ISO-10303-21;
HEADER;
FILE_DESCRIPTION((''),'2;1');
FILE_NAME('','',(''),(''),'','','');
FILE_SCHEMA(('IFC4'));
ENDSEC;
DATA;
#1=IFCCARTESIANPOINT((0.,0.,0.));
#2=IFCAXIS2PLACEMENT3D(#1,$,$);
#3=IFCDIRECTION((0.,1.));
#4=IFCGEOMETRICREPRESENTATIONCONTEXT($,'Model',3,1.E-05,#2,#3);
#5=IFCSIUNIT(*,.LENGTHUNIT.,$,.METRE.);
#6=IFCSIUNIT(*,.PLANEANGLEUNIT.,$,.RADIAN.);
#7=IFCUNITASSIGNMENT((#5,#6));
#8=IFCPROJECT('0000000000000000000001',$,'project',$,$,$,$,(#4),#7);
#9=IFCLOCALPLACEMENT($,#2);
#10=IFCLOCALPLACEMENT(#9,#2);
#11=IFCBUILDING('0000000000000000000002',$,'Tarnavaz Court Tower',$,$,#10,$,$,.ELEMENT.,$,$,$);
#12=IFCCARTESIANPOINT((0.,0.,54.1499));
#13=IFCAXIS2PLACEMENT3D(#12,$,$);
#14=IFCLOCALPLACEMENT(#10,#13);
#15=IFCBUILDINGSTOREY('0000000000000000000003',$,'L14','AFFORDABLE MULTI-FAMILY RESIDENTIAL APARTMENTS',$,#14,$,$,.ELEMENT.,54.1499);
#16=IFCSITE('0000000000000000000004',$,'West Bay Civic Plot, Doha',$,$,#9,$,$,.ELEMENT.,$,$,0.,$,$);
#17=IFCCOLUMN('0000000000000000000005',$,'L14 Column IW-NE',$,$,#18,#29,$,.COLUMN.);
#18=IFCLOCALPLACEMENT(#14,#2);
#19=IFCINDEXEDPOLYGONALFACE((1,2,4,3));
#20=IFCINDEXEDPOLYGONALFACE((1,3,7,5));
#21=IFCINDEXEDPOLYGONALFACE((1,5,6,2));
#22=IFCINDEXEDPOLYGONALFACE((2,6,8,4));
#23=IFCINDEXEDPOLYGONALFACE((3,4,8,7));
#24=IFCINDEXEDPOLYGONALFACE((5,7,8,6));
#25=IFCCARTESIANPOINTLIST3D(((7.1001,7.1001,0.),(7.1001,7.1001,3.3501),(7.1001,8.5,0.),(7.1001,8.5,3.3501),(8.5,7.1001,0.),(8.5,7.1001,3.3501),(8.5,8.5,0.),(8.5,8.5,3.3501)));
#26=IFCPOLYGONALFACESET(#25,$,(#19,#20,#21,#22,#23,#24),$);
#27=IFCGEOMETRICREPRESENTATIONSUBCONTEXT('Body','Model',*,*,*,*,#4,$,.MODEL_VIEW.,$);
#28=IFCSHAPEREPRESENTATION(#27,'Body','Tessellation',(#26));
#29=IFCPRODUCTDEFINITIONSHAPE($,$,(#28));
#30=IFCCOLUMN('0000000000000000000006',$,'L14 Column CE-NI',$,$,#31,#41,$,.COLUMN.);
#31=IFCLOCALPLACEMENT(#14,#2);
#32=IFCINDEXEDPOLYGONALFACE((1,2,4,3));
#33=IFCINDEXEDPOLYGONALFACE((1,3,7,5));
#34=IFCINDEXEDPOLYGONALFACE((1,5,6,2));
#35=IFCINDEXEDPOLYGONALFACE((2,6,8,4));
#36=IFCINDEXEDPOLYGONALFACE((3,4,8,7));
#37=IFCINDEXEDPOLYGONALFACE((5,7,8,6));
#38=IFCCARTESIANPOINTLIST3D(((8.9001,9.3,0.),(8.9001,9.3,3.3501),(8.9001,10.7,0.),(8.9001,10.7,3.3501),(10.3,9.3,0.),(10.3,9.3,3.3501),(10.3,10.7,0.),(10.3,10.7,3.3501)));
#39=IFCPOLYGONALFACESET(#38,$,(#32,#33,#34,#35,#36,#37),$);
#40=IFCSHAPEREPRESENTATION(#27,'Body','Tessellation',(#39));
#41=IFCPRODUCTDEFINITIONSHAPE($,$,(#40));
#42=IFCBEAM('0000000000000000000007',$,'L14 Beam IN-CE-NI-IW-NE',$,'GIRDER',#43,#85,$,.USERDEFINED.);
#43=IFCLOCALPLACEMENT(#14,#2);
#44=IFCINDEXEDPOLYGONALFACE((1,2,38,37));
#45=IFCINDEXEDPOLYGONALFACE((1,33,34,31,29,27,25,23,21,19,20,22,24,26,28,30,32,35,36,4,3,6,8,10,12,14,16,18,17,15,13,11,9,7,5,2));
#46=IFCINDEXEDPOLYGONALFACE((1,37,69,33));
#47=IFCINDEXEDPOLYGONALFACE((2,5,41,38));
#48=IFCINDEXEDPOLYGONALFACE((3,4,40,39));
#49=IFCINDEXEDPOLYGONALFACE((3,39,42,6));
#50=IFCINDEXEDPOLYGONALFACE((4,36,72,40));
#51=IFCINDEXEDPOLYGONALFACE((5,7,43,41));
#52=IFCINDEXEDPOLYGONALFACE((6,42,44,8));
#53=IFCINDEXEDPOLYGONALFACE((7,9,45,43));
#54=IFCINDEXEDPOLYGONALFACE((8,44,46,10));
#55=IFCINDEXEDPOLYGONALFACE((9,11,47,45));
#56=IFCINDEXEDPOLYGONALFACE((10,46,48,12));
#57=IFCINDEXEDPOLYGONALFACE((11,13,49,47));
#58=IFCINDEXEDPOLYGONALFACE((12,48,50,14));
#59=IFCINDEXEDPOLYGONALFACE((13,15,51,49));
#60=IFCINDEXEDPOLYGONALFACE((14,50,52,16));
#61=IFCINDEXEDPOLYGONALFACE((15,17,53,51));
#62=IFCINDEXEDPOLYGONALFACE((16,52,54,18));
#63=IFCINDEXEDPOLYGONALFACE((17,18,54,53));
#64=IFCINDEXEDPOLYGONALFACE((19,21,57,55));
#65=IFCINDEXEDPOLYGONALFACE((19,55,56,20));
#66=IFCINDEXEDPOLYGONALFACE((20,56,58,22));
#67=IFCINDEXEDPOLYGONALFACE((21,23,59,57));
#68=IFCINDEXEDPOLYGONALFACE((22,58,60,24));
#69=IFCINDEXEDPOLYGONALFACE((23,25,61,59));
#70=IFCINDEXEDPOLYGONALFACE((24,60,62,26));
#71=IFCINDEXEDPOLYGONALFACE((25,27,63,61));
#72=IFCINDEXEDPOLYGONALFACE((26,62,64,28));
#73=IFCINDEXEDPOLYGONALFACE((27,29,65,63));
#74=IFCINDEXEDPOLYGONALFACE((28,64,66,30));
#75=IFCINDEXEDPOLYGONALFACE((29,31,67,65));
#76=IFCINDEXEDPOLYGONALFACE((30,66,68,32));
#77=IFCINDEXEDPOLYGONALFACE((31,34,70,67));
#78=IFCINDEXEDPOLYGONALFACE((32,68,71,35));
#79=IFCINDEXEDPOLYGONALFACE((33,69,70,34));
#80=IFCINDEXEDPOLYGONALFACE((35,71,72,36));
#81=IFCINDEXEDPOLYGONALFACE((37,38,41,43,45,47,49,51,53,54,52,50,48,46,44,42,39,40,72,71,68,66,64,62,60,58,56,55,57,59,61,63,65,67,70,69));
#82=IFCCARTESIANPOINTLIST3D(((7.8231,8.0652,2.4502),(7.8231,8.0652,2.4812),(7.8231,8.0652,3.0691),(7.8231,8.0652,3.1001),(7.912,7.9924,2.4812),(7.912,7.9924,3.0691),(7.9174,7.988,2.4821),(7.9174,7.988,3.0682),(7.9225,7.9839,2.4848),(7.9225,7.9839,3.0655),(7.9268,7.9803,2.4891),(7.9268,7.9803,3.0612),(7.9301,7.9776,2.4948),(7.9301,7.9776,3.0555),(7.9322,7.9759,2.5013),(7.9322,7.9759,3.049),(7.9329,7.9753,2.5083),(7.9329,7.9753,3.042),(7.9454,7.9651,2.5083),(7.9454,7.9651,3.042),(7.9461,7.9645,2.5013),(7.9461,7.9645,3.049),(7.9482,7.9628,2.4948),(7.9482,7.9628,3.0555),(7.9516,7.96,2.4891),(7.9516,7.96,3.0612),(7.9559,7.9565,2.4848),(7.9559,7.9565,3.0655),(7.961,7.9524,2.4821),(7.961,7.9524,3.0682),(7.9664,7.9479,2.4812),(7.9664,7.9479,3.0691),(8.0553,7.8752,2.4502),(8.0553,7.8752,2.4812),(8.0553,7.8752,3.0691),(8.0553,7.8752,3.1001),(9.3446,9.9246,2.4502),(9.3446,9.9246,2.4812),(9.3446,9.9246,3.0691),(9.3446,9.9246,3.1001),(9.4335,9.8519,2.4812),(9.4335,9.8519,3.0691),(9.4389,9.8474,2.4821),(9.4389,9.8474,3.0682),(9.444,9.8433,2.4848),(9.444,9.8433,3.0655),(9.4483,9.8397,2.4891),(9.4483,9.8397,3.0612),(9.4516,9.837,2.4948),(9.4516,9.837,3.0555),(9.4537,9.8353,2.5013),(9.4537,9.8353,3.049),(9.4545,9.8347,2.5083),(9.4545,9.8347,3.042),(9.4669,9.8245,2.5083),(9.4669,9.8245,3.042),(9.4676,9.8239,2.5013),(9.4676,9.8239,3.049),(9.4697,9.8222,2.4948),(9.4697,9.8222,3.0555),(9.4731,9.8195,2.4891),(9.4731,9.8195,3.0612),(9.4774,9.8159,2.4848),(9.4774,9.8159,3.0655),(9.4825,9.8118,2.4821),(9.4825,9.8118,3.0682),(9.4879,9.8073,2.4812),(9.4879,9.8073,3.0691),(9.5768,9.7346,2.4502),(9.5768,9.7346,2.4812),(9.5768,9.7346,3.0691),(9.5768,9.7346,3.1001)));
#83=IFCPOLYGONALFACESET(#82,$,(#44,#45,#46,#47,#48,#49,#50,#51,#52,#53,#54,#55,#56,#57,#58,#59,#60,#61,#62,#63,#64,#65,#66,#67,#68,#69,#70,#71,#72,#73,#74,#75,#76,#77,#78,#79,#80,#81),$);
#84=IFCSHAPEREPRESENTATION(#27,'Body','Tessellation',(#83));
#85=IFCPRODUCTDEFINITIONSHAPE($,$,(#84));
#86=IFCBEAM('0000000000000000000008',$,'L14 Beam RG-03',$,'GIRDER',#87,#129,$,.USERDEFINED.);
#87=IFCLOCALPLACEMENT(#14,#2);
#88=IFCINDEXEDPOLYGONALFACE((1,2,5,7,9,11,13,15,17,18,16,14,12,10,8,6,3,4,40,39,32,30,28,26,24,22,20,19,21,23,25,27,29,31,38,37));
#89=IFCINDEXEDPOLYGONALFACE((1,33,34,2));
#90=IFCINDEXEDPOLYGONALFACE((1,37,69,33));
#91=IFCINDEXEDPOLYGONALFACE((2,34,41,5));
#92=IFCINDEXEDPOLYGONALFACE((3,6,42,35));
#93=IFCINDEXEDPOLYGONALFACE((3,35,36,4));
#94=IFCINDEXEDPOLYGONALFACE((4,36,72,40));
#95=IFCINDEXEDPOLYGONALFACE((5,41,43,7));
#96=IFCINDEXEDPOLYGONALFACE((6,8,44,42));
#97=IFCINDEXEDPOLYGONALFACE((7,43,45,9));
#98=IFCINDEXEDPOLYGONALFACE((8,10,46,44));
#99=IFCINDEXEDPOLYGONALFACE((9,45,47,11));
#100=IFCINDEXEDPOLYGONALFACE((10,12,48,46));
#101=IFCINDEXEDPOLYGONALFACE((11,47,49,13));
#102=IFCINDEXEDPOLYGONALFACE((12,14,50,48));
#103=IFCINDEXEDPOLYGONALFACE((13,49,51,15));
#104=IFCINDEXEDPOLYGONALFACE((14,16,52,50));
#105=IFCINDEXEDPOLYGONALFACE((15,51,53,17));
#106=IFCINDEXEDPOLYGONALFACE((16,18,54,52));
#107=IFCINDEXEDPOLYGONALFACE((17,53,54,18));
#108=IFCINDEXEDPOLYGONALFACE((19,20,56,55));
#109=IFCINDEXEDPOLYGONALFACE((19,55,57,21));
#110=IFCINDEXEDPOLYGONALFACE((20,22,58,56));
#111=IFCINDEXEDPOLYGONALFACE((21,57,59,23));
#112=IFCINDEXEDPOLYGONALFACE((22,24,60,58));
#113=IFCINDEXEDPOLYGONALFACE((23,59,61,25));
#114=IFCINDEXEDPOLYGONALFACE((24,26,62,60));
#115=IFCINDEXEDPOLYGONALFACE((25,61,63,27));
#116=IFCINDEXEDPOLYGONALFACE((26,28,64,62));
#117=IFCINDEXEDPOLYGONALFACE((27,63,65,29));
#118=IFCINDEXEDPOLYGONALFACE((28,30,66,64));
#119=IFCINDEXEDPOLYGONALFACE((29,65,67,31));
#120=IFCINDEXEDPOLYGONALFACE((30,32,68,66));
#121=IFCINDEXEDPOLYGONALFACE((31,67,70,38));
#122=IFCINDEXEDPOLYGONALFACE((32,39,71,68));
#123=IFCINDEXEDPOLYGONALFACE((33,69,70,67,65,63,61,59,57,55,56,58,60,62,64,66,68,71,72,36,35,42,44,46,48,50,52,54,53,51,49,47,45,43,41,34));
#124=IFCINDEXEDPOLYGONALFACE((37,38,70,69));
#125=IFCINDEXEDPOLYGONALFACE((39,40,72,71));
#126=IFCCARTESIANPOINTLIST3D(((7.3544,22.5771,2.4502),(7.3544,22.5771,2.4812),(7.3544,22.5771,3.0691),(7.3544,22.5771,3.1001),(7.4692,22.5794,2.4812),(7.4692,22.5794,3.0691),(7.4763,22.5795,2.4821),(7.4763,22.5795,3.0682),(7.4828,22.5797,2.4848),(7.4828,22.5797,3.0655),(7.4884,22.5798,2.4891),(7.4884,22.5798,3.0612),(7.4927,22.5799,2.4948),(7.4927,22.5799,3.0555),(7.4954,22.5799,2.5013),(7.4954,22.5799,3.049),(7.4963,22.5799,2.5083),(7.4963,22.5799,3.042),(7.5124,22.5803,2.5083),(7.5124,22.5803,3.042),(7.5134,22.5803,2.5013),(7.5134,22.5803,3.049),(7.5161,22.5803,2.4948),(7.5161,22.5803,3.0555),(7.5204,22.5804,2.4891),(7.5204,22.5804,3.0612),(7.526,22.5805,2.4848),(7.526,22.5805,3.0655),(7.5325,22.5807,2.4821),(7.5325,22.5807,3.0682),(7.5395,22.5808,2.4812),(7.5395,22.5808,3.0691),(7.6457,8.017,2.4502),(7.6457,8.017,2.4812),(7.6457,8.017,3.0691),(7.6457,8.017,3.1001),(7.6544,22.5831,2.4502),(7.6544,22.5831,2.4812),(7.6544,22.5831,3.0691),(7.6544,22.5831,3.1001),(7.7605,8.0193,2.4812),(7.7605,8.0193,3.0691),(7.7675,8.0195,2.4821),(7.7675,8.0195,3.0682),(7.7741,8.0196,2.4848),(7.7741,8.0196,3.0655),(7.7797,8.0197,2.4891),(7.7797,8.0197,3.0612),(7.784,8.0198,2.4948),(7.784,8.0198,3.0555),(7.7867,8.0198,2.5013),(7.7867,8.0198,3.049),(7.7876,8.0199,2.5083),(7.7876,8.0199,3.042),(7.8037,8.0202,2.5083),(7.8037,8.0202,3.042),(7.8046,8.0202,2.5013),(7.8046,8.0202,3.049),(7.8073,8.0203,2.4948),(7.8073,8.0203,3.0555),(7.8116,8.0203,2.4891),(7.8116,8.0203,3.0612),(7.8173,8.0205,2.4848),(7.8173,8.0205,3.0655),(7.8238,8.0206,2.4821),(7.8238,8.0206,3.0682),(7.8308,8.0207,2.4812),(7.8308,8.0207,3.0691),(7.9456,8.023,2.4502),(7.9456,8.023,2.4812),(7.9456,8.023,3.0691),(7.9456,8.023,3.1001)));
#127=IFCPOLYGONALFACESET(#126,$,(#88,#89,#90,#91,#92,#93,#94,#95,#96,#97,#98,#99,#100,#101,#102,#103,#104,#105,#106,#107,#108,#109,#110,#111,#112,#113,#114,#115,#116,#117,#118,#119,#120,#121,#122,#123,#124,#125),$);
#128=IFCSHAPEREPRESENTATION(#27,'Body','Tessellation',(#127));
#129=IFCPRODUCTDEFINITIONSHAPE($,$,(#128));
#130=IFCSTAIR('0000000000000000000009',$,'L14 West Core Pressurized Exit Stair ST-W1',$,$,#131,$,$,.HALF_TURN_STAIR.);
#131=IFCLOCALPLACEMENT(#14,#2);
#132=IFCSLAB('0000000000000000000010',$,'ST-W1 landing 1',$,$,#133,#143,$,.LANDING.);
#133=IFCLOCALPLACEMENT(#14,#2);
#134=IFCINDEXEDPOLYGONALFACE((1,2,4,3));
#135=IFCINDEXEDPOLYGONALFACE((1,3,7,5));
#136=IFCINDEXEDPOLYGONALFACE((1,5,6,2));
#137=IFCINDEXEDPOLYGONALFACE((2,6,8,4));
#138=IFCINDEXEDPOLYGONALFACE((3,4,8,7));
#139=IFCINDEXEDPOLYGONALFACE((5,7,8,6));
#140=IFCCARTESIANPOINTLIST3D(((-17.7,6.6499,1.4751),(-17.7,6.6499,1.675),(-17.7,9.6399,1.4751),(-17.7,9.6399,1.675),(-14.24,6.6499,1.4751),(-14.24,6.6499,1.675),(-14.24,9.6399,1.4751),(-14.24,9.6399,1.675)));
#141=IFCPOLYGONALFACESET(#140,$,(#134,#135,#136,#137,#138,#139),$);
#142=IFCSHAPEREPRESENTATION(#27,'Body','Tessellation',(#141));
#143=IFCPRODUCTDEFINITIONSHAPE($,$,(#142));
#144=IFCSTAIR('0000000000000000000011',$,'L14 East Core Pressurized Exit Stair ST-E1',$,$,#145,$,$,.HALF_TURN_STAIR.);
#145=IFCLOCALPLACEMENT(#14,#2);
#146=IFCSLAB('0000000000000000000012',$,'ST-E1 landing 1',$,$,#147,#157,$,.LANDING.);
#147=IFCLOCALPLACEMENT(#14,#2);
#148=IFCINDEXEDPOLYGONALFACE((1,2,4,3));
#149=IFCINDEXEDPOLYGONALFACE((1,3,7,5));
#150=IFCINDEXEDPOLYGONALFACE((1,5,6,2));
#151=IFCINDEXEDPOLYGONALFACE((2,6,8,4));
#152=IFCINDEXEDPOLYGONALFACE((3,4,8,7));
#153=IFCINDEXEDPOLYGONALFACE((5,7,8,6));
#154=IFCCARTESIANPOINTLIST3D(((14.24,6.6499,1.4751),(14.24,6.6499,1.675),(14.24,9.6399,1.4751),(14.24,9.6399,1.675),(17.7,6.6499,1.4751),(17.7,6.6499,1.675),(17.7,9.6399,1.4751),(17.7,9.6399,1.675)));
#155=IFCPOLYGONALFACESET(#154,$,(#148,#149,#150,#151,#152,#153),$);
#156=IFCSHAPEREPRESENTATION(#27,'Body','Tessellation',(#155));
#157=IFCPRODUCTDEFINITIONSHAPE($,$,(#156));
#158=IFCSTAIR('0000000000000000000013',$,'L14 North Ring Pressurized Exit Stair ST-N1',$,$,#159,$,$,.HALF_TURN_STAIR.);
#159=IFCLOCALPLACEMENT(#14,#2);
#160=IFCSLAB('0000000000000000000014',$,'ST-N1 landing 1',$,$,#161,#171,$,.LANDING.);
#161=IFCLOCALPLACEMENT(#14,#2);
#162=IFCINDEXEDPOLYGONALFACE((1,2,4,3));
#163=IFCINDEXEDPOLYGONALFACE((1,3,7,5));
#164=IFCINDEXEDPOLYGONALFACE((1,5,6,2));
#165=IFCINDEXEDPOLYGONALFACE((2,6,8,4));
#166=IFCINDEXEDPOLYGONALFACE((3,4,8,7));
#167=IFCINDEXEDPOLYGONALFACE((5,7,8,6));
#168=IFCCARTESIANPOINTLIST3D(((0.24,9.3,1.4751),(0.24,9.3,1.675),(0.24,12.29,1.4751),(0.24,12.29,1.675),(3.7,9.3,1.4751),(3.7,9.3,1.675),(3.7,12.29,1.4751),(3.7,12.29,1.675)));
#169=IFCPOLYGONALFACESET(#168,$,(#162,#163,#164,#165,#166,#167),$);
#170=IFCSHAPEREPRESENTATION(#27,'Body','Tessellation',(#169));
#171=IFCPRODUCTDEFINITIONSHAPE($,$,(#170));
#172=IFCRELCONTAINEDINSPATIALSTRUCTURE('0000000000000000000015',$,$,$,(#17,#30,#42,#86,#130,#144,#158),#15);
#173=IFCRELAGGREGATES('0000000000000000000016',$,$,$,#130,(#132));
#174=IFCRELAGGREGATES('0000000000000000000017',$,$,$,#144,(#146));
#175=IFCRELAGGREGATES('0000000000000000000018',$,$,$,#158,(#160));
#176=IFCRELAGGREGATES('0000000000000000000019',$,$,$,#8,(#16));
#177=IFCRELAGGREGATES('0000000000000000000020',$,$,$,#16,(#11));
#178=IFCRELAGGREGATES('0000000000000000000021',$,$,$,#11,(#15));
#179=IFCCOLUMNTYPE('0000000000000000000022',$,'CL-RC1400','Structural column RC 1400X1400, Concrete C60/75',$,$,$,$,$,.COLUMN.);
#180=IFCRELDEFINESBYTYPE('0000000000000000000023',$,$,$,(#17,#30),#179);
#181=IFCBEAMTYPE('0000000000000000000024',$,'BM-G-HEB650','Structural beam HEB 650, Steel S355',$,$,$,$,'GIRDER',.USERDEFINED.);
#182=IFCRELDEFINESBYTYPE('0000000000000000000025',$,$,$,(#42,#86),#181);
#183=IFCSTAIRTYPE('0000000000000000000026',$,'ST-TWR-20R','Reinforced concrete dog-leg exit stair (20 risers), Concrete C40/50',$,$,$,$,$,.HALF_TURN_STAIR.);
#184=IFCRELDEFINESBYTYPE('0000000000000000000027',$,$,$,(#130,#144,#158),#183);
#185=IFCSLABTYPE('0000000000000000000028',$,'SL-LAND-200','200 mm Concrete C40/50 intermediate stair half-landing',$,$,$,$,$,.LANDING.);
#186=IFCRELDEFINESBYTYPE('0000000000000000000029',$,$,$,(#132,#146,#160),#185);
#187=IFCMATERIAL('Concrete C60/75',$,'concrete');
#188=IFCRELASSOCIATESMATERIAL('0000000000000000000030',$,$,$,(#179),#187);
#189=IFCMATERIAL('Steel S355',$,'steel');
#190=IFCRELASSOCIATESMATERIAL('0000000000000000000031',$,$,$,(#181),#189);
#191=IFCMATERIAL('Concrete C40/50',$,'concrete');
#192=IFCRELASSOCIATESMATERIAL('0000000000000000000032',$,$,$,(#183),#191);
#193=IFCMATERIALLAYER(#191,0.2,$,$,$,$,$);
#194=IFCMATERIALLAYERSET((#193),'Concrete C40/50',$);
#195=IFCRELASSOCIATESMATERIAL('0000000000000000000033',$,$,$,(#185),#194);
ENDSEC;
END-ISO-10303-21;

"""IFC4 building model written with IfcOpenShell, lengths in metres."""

from ifc_helpers import new_model, si_unit, direction, frame, origin, origin_2d, place, context, subcontext, project, spatial, polyline, rectangle, i_section, outline, extrude, material, layer, layer_set, material_profile, profile_set, type_object, element, aggregate, save


model = new_model("IFC4")

# Units and contexts
model_context = context("Model", 3, precision=1e-05, world=origin(), true_north=direction((0.0, 1.0)))
body_context = subcontext(model_context, "Body", "Model", "MODEL_VIEW")
ifc_project = project(units=[si_unit("LENGTHUNIT", "METRE"), si_unit("PLANEANGLEUNIT", "RADIAN")], contexts=[model_context])

# Site, building, storey
site_placement = place(None, origin())
site = spatial("IfcSite", under=ifc_project, at=site_placement, Name="West Bay Civic Plot, Doha", CompositionType="ELEMENT", RefElevation=0.0)
building_placement = place(site_placement, origin())
building = spatial("IfcBuilding", under=site, at=building_placement, Name="Tarnavaz Court Tower", CompositionType="ELEMENT")
storey_placement = place(building_placement, frame((0.0, 0.0, 54.1499)))
storey = spatial("IfcBuildingStorey", under=building, at=storey_placement, Name="L14", Description="AFFORDABLE MULTI-FAMILY RESIDENTIAL APARTMENTS", CompositionType="ELEMENT", Elevation=54.1499)

# Columns
ifc_material_1 = material(Name="Concrete C60/75", Category="concrete")
ifc_material_profile_1 = material_profile(ifc_material_1, rectangle(XDim=1.3999, YDim=1.3999, at=origin_2d()), Name="RC 1400X1400")
ifc_profile_set_1 = profile_set([ifc_material_profile_1], Name="Concrete C60/75")
column_type = type_object("IfcColumnType", Name="CL-RC1400", Description="Structural column RC 1400X1400, Concrete C60/75", PredefinedType="COLUMN", material=ifc_profile_set_1)
for number, where, z_axis, x_axis, name in (
    (1, (7.8, 7.8, 0.0), (0.0, 0.0, 1.0), (1.0, 0.0, 0.0), "L14 Column IW-NE"),
    (2, (9.6001, 10.0, 0.0), (0.0, 0.0, 1.0), (1.0, 0.0, 0.0), "L14 Column CE-NI"),
):
    element("IfcColumn", number, at=place(storey_placement, frame(where, z_axis=z_axis, x_axis=x_axis)), inside=storey, type_object=column_type, Name=name, PredefinedType="COLUMN", context=body_context, shape_type="SweptSolid", body=[
        extrude(rectangle(XDim=1.3999, YDim=1.3999, at=origin_2d()), origin(), (0.0, 0.0, 1.0), 3.3501),
    ])

# Beams
ifc_material_2 = material(Name="Steel S355", Category="steel")
ifc_material_profile_2 = material_profile(ifc_material_2, i_section(OverallWidth=0.3, OverallDepth=0.6499, WebThickness=0.0161, FlangeThickness=0.031, FilletRadius=0.0271, at=origin_2d()), Name="HEB 650")
ifc_profile_set_2 = profile_set([ifc_material_profile_2], Name="Steel S355")
beam_type = type_object("IfcBeamType", Name="BM-G-HEB650", Description="Structural beam HEB 650, Steel S355", ElementType="GIRDER", PredefinedType="USERDEFINED", material=ifc_profile_set_2)
beam_1_placement = place(storey_placement, frame((9.4607, 9.8296, 2.7751), z_axis=(-0.633282, -0.773921, 0.0), x_axis=(0.773921, -0.633282, 0.0)))
element("IfcBeam", 3, at=beam_1_placement, inside=storey, type_object=beam_type, Name="L14 Beam IN-CE-NI-IW-NE", ObjectType="GIRDER", PredefinedType="USERDEFINED", context=body_context, shape_type="SweptSolid", body=[
    extrude(i_section(OverallWidth=0.3, OverallDepth=0.6499, WebThickness=0.0161, FlangeThickness=0.031, FilletRadius=0.0271, at=origin_2d()), origin(), (0.0, 0.0, 1.0), 2.4026),
])
beam_2_placement = place(storey_placement, frame((7.7957, 8.02, 2.7751), z_axis=(-0.02, 0.9998, 0.0), x_axis=(-0.9998, -0.02, 0.0)))
element("IfcBeam", 4, at=beam_2_placement, inside=storey, type_object=beam_type, Name="L14 Beam RG-03", ObjectType="GIRDER", PredefinedType="USERDEFINED", context=body_context, shape_type="SweptSolid", body=[
    extrude(i_section(OverallWidth=0.3, OverallDepth=0.6499, WebThickness=0.0161, FlangeThickness=0.031, FilletRadius=0.0271, at=origin_2d()), origin(), (0.0, 0.0, 1.0), 14.563),
])

# Stairs, slabs
ifc_material_3 = material(Name="Concrete C40/50", Category="concrete")
stair_type = type_object("IfcStairType", Name="ST-TWR-20R", Description="Reinforced concrete dog-leg exit stair (20 risers), Concrete C40/50", PredefinedType="HALF_TURN_STAIR", material=ifc_material_3)
stair_1_placement = place(storey_placement, origin())
stair_1 = element("IfcStair", 5, at=stair_1_placement, inside=storey, type_object=stair_type, Name="L14 West Core Pressurized Exit Stair ST-W1", PredefinedType="HALF_TURN_STAIR")
ifc_layer_1 = layer(ifc_material_3, 0.2)
ifc_layer_set_1 = layer_set([ifc_layer_1], Name="Concrete C40/50")
slab_type_1 = type_object("IfcSlabType", Name="SL-LAND-200", Description="200 mm Concrete C40/50 intermediate stair half-landing", PredefinedType="LANDING", material=ifc_layer_set_1)
slab_1_placement = place(storey_placement, frame((0.0, 0.0, 1.4751)))
slab_1 = element("IfcSlab", 6, at=slab_1_placement, type_object=slab_type_1, Name="ST-W1 landing 1", PredefinedType="LANDING", context=body_context, shape_type="SweptSolid", body=[
    extrude(outline(polyline([(-14.24, 9.6399), (-17.7, 9.6399), (-17.7, 6.6499), (-14.24, 6.6499), (-14.24, 9.6399)])), origin(), (0.0, 0.0, 1.0), 0.2),
])
aggregate(stair_1, [slab_1])
stair_2_placement = place(storey_placement, origin())
stair_2 = element("IfcStair", 7, at=stair_2_placement, inside=storey, type_object=stair_type, Name="L14 East Core Pressurized Exit Stair ST-E1", PredefinedType="HALF_TURN_STAIR")
slab_2_placement = place(storey_placement, frame((0.0, 0.0, 1.4751)))
slab_2 = element("IfcSlab", 8, at=slab_2_placement, type_object=slab_type_1, Name="ST-E1 landing 1", PredefinedType="LANDING", context=body_context, shape_type="SweptSolid", body=[
    extrude(outline(polyline([(14.24, 6.6499), (17.7, 6.6499), (17.7, 9.6399), (14.24, 9.6399), (14.24, 6.6499)])), origin(), (0.0, 0.0, 1.0), 0.2),
])
aggregate(stair_2, [slab_2])
stair_3_placement = place(storey_placement, origin())
stair_3 = element("IfcStair", 9, at=stair_3_placement, inside=storey, type_object=stair_type, Name="L14 North Ring Pressurized Exit Stair ST-N1", PredefinedType="HALF_TURN_STAIR")
slab_3_placement = place(storey_placement, frame((0.0, 0.0, 1.4751)))
slab_3 = element("IfcSlab", 10, at=slab_3_placement, type_object=slab_type_1, Name="ST-N1 landing 1", PredefinedType="LANDING", context=body_context, shape_type="SweptSolid", body=[
    extrude(outline(polyline([(0.24, 9.3), (3.7, 9.3), (3.7, 12.29), (0.24, 12.29), (0.24, 9.3)])), origin(), (0.0, 0.0, 1.0), 0.2),
])

aggregate(stair_3, [slab_3])

save(model, "model.ifc")
